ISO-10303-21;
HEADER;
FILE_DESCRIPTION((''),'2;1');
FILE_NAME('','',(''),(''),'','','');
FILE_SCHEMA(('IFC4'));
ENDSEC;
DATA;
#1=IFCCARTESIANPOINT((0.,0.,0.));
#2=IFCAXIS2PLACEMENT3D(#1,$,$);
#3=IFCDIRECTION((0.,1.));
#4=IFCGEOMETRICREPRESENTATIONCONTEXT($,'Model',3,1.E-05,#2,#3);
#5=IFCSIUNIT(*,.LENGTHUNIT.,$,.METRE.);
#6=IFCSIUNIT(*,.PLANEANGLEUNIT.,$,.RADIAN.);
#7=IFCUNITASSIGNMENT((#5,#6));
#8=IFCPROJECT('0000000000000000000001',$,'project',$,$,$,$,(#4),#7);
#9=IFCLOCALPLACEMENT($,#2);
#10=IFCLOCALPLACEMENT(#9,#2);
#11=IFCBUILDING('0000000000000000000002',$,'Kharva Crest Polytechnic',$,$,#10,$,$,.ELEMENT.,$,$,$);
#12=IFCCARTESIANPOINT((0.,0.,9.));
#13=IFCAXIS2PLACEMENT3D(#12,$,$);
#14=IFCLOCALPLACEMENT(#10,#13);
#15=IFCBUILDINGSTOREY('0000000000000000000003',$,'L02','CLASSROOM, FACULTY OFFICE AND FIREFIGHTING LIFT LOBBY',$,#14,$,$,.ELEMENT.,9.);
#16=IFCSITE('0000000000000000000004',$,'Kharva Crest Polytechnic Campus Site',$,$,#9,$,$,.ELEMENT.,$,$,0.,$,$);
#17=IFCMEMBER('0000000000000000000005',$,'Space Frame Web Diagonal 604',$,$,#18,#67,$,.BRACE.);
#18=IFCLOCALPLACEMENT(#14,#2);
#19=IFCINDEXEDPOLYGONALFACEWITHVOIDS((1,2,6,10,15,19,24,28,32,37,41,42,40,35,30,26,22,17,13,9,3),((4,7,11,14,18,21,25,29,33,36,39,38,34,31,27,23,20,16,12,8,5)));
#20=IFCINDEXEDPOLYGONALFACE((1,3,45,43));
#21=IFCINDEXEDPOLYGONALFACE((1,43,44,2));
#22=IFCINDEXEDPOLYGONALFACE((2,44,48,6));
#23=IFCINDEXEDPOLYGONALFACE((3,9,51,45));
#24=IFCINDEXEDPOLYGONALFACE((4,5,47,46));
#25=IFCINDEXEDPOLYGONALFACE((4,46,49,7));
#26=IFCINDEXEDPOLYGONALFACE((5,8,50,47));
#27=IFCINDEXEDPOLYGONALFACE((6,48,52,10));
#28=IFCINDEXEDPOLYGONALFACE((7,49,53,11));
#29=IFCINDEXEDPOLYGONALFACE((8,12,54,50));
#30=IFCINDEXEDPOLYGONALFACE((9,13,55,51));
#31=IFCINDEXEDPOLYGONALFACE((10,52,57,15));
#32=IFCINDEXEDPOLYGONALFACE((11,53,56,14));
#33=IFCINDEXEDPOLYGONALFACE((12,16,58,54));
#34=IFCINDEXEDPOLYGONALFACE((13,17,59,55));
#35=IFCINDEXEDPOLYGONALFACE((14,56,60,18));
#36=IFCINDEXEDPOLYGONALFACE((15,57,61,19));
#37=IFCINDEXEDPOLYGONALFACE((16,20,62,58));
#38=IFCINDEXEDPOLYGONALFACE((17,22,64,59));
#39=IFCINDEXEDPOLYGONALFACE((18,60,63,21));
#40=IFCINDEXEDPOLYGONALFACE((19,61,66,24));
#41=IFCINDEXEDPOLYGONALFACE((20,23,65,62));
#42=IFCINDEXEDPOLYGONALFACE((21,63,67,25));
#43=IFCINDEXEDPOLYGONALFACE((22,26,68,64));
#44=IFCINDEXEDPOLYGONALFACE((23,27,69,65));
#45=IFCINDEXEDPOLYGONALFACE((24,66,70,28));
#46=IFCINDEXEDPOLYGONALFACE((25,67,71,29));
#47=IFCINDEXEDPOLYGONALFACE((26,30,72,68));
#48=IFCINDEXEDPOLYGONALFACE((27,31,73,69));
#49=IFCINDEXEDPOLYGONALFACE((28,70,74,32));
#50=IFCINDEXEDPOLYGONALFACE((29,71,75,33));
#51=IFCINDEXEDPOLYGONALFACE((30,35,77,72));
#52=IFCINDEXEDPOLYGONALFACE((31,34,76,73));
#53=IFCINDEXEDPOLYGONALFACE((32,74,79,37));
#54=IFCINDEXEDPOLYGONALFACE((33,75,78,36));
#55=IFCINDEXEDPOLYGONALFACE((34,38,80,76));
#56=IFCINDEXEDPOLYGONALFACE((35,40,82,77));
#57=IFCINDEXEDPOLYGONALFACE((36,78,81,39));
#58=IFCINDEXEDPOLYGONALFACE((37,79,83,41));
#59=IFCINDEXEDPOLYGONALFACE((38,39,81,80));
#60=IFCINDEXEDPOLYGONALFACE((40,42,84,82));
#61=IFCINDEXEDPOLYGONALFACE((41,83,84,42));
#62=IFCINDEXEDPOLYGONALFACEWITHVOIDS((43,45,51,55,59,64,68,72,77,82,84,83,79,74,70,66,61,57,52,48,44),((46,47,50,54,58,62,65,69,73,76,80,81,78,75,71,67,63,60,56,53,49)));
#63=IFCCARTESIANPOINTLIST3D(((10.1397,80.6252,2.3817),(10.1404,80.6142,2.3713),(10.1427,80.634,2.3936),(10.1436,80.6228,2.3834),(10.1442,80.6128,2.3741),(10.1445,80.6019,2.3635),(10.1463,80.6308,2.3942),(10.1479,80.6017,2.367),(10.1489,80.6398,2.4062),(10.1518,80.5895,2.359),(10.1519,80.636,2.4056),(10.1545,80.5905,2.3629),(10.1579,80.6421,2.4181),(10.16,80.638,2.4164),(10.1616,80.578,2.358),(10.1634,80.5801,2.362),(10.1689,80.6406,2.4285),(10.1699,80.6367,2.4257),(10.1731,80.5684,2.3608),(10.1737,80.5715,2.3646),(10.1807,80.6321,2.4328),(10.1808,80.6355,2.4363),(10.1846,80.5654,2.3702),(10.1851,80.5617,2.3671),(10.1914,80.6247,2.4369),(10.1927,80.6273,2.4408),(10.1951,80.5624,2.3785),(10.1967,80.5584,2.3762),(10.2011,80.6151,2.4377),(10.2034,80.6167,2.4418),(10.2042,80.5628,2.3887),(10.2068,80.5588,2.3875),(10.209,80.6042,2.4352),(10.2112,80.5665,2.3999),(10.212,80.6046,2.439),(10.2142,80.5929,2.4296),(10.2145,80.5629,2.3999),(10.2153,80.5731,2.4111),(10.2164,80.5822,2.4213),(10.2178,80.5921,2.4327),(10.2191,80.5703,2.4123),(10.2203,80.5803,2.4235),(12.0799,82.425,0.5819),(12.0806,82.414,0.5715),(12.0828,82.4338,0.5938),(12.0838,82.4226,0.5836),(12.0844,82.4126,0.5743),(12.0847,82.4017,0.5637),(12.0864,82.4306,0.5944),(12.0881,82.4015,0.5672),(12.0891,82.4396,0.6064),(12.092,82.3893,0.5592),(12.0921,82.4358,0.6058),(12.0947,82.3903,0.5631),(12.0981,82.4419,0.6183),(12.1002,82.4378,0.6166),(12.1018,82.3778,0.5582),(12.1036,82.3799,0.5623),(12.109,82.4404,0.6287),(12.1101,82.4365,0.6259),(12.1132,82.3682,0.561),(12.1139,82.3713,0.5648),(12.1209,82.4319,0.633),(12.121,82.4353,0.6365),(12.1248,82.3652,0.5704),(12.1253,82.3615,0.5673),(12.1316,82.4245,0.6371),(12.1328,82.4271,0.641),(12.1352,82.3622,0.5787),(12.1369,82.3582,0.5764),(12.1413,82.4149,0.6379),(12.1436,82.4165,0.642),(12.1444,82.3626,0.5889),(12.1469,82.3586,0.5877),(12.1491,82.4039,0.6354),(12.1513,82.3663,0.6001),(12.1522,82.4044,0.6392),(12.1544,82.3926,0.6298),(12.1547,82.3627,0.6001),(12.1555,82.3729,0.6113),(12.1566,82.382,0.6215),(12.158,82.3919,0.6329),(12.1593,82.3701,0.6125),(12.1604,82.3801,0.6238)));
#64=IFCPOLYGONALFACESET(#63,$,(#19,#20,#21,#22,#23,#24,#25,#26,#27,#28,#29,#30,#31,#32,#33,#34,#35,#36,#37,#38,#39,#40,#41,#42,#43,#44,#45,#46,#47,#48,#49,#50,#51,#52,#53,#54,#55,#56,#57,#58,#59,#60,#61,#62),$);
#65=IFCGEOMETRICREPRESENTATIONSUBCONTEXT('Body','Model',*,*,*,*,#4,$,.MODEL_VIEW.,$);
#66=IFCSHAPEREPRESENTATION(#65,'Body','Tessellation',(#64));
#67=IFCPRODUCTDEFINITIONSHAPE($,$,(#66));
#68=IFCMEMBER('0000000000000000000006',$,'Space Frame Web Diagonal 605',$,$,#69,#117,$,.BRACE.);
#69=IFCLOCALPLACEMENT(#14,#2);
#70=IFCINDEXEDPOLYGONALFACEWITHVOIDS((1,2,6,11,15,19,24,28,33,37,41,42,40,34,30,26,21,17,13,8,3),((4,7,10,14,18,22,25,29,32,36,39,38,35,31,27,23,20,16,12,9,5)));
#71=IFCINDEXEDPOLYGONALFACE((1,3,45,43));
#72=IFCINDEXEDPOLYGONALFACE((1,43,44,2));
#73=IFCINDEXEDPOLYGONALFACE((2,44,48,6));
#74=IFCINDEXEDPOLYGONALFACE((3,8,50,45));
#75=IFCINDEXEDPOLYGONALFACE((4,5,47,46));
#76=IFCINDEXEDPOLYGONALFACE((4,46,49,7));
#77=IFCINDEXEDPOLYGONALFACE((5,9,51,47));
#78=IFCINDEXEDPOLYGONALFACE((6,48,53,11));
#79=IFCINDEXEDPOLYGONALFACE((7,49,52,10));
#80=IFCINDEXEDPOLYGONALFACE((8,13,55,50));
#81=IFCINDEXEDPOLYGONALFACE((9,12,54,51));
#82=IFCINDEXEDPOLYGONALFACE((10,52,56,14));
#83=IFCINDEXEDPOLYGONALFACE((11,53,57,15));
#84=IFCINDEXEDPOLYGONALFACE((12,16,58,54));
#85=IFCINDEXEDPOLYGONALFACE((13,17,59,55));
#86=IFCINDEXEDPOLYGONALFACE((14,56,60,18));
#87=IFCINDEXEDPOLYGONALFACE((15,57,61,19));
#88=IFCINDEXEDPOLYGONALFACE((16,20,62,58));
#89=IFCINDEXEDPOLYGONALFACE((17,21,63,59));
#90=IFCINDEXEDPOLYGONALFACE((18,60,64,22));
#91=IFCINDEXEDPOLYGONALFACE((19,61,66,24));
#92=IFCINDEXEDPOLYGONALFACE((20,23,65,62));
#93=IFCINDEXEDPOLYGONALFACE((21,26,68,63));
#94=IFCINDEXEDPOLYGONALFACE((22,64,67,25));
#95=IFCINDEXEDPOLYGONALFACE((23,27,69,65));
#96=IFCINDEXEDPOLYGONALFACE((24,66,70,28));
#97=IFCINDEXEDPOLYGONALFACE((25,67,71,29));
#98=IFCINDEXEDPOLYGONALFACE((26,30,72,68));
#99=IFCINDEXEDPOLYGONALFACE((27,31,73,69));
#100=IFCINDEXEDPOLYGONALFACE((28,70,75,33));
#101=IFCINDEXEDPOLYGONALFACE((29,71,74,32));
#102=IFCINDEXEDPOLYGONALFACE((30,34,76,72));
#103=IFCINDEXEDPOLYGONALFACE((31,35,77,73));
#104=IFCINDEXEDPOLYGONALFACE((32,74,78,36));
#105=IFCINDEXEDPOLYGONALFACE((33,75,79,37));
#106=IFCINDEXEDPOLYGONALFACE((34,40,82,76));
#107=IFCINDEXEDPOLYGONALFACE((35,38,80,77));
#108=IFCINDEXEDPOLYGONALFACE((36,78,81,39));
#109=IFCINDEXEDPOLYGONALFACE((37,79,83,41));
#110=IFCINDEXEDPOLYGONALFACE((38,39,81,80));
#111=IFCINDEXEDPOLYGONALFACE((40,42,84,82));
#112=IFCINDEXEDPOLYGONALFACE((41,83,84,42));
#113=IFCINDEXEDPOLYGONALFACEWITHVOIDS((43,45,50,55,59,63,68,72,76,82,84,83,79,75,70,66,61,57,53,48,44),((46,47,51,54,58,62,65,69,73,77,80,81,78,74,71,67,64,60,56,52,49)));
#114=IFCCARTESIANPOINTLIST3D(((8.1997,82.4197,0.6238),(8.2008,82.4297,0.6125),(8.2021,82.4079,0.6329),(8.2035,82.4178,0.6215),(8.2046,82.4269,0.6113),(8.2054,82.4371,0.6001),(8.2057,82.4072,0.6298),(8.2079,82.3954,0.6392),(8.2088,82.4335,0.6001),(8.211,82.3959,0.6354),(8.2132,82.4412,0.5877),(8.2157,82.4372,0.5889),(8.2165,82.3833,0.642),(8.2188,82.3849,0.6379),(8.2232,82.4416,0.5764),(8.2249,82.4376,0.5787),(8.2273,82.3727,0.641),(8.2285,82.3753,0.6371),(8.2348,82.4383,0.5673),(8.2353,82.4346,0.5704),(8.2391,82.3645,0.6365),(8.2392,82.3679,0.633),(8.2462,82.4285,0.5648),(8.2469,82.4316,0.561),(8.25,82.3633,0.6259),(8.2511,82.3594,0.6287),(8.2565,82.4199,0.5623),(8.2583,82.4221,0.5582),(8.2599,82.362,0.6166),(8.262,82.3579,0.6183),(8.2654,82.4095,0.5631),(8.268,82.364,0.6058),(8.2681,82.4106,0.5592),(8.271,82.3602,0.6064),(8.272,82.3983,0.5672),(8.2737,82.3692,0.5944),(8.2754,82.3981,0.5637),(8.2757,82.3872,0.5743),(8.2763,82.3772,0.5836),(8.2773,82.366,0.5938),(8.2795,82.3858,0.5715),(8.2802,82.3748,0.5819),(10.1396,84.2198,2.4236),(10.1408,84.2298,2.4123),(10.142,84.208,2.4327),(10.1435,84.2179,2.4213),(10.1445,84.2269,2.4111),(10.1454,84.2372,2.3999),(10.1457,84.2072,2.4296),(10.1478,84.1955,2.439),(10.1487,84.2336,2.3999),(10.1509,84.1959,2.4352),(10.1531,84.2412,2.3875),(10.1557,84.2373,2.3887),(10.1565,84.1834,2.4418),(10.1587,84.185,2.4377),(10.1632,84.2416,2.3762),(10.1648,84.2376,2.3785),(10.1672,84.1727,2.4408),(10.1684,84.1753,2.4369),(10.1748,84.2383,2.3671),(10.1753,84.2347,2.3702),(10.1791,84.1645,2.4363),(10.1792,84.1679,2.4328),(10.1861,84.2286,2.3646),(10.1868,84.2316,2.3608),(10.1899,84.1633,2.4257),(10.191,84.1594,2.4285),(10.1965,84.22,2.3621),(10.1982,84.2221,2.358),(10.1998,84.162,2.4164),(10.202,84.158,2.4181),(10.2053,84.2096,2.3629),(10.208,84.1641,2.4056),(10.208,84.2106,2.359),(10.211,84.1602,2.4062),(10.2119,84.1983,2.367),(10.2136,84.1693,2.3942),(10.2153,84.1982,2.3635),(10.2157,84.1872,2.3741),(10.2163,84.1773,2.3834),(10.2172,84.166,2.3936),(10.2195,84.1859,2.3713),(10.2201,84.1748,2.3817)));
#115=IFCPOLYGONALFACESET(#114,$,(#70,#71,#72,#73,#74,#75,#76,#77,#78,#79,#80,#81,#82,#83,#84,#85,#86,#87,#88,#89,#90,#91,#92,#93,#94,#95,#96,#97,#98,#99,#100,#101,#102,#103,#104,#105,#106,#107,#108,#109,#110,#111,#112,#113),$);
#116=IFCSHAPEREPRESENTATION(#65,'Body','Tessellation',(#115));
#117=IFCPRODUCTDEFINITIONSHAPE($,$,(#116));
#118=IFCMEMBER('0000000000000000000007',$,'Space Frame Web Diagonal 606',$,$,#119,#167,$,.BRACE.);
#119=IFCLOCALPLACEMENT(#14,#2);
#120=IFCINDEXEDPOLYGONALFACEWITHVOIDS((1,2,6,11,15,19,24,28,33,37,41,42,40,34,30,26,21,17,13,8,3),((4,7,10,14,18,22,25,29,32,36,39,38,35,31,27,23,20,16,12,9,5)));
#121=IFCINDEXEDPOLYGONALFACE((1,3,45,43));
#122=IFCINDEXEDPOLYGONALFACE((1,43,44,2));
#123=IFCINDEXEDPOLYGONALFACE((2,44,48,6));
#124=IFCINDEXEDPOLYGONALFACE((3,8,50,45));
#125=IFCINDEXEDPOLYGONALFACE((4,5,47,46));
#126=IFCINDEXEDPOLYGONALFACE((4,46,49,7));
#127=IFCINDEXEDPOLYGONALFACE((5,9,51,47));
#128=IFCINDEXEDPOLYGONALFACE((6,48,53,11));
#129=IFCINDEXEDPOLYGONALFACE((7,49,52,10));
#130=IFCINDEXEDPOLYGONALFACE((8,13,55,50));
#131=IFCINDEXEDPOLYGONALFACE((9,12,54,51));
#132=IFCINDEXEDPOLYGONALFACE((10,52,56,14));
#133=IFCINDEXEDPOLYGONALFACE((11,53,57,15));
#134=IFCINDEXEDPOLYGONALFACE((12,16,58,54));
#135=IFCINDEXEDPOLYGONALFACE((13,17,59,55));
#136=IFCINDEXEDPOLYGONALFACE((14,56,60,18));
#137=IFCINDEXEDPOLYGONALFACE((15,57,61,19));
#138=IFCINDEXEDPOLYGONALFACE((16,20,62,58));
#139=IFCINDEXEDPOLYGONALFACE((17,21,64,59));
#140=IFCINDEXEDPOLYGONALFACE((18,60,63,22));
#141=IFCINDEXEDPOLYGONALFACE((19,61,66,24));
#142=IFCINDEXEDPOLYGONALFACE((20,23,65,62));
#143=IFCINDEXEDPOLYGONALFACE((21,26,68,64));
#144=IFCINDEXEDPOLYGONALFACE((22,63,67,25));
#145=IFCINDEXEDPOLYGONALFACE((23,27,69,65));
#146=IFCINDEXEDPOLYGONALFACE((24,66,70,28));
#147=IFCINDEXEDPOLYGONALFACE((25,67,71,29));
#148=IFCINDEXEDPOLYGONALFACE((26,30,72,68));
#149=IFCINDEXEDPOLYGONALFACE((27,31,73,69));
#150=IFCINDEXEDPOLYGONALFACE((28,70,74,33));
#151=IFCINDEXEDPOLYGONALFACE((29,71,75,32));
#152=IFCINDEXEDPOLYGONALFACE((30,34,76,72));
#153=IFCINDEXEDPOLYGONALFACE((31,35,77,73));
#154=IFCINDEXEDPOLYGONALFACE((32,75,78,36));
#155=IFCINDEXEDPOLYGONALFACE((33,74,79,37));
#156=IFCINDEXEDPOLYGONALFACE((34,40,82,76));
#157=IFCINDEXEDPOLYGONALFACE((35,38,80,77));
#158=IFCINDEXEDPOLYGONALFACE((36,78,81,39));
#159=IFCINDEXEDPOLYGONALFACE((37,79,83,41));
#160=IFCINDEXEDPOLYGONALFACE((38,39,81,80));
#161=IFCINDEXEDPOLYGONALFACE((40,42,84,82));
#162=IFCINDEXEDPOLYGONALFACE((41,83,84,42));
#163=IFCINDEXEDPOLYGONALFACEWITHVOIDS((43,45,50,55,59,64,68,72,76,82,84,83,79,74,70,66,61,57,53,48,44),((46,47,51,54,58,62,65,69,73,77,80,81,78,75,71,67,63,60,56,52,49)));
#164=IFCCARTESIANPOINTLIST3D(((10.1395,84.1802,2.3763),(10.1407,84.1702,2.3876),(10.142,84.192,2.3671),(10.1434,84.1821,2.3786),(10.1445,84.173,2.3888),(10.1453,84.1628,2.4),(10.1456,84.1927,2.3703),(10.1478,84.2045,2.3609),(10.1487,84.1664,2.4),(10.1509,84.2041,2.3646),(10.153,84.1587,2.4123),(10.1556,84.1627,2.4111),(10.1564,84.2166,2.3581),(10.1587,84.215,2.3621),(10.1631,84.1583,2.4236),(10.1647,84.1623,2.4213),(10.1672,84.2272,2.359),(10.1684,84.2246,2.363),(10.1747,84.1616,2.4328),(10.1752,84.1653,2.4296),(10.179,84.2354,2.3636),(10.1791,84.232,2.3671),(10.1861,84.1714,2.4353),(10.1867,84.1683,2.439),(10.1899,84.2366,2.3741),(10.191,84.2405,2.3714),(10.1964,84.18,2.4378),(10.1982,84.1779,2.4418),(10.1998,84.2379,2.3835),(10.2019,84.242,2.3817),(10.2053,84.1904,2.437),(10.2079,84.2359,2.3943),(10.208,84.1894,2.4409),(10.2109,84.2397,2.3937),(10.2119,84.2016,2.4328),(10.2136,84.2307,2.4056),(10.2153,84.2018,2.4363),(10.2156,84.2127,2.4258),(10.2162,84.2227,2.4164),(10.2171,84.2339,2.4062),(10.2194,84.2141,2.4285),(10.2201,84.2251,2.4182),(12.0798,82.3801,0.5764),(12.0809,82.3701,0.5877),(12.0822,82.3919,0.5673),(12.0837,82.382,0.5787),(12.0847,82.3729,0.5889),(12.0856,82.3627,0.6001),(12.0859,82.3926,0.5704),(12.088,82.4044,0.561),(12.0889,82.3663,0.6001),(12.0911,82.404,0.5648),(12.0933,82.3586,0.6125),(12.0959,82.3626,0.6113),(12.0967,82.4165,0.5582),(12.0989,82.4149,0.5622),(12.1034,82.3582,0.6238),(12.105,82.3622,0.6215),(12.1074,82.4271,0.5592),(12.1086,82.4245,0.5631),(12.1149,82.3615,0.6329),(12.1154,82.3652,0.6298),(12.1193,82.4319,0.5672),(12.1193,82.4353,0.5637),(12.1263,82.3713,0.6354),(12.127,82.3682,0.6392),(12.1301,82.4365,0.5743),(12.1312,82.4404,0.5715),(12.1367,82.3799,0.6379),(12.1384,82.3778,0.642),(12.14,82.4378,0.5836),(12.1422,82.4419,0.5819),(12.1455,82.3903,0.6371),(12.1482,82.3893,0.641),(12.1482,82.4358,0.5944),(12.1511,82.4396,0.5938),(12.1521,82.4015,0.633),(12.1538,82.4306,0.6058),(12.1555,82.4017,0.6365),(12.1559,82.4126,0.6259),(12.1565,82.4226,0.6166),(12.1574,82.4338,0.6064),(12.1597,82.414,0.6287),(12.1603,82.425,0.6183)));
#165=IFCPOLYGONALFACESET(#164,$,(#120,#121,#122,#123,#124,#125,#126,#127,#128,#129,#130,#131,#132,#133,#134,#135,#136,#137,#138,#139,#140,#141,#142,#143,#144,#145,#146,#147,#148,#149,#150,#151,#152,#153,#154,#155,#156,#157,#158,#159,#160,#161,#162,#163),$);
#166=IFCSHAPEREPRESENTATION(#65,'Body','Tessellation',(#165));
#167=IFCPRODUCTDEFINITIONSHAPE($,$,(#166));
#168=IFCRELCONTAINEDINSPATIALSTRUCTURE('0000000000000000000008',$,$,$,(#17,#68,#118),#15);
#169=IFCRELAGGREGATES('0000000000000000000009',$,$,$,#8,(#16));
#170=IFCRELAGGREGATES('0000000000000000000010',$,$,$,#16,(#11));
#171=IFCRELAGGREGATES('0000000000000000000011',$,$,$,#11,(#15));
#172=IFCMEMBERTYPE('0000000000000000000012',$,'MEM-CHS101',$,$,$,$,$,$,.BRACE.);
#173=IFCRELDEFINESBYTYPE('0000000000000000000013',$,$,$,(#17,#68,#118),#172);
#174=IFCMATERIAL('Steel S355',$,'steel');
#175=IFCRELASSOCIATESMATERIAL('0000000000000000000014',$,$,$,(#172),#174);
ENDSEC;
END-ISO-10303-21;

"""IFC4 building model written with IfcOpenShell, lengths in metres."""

from ifc_helpers import new_model, si_unit, direction, frame, origin, origin_2d, place, context, subcontext, project, spatial, hollow_circle, extrude, material, material_profile, profile_set, type_object, element, save


model = new_model("IFC4")

# Units and contexts
model_context = context("Model", 3, precision=1e-05, world=origin(), true_north=direction((0.0, 1.0)))
body_context = subcontext(model_context, "Body", "Model", "MODEL_VIEW")
ifc_project = project(units=[si_unit("LENGTHUNIT", "METRE"), si_unit("PLANEANGLEUNIT", "RADIAN")], contexts=[model_context])

# Site, building, storey
site_placement = place(None, origin())
site = spatial("IfcSite", under=ifc_project, at=site_placement, Name="Kharva Crest Polytechnic Campus Site", CompositionType="ELEMENT", RefElevation=0.0)
building_placement = place(site_placement, origin())
building = spatial("IfcBuilding", under=site, at=building_placement, Name="Kharva Crest Polytechnic", CompositionType="ELEMENT")
storey_placement = place(building_placement, frame((0.0, 0.0, 9.0)))
storey = spatial("IfcBuildingStorey", under=building, at=storey_placement, Name="L02", Description="CLASSROOM, FACULTY OFFICE AND FIREFIGHTING LIFT LOBBY", CompositionType="ELEMENT", Elevation=9.0)

# Shared definitions
ifc_material_1 = material(Name="Steel S355", Category="steel")

# Members
ifc_material_profile_1 = material_profile(ifc_material_1, hollow_circle(Radius=0.0508, WallThickness=0.0049, at=origin_2d()), Name="CHS 101.6X5.0")
ifc_profile_set_1 = profile_set([ifc_material_profile_1], Name="Steel S355")
member_type_1 = type_object("IfcMemberType", Name="MEM-CHS101", PredefinedType="BRACE", material=ifc_profile_set_1)
for number, where, z_axis, x_axis, name in (
    (1, (12.1201, 82.3999, 0.6001), (-0.606222, -0.562359, 0.562359), (0.680087, -0.733132, 0.0), "Space Frame Web Diagonal 604"),
    (2, (8.24, 82.3999, 0.6001), (0.606147, 0.562437, 0.562361), (-0.680182, 0.733043, 0.0), "Space Frame Web Diagonal 605"),
):
    element("IfcMember", number, at=place(storey_placement, frame(where, z_axis=z_axis, x_axis=x_axis)), inside=storey, type_object=member_type_1, Name=name, PredefinedType="BRACE", context=body_context, shape_type="SweptSolid", body=[
        extrude(hollow_circle(Radius=0.0508, WallThickness=0.0049, at=origin_2d()), origin(), (0.0, 0.0, 1.0), 3.2004),
    ])
member_1_placement = place(storey_placement, frame((12.1201, 82.3999, 0.6001), z_axis=(-0.606196, 0.562411, 0.562335), x_axis=(-0.680136, -0.733086, 0.0)))
element("IfcMember", 3, at=member_1_placement, inside=storey, type_object=member_type_1, Name="Space Frame Web Diagonal 606", PredefinedType="BRACE", context=body_context, shape_type="SweptSolid", body=[
    extrude(hollow_circle(Radius=0.0508, WallThickness=0.0049, at=origin_2d()), origin(), (0.0, 0.0, 1.0), 3.2007),
])

save(model, "model.ifc")
